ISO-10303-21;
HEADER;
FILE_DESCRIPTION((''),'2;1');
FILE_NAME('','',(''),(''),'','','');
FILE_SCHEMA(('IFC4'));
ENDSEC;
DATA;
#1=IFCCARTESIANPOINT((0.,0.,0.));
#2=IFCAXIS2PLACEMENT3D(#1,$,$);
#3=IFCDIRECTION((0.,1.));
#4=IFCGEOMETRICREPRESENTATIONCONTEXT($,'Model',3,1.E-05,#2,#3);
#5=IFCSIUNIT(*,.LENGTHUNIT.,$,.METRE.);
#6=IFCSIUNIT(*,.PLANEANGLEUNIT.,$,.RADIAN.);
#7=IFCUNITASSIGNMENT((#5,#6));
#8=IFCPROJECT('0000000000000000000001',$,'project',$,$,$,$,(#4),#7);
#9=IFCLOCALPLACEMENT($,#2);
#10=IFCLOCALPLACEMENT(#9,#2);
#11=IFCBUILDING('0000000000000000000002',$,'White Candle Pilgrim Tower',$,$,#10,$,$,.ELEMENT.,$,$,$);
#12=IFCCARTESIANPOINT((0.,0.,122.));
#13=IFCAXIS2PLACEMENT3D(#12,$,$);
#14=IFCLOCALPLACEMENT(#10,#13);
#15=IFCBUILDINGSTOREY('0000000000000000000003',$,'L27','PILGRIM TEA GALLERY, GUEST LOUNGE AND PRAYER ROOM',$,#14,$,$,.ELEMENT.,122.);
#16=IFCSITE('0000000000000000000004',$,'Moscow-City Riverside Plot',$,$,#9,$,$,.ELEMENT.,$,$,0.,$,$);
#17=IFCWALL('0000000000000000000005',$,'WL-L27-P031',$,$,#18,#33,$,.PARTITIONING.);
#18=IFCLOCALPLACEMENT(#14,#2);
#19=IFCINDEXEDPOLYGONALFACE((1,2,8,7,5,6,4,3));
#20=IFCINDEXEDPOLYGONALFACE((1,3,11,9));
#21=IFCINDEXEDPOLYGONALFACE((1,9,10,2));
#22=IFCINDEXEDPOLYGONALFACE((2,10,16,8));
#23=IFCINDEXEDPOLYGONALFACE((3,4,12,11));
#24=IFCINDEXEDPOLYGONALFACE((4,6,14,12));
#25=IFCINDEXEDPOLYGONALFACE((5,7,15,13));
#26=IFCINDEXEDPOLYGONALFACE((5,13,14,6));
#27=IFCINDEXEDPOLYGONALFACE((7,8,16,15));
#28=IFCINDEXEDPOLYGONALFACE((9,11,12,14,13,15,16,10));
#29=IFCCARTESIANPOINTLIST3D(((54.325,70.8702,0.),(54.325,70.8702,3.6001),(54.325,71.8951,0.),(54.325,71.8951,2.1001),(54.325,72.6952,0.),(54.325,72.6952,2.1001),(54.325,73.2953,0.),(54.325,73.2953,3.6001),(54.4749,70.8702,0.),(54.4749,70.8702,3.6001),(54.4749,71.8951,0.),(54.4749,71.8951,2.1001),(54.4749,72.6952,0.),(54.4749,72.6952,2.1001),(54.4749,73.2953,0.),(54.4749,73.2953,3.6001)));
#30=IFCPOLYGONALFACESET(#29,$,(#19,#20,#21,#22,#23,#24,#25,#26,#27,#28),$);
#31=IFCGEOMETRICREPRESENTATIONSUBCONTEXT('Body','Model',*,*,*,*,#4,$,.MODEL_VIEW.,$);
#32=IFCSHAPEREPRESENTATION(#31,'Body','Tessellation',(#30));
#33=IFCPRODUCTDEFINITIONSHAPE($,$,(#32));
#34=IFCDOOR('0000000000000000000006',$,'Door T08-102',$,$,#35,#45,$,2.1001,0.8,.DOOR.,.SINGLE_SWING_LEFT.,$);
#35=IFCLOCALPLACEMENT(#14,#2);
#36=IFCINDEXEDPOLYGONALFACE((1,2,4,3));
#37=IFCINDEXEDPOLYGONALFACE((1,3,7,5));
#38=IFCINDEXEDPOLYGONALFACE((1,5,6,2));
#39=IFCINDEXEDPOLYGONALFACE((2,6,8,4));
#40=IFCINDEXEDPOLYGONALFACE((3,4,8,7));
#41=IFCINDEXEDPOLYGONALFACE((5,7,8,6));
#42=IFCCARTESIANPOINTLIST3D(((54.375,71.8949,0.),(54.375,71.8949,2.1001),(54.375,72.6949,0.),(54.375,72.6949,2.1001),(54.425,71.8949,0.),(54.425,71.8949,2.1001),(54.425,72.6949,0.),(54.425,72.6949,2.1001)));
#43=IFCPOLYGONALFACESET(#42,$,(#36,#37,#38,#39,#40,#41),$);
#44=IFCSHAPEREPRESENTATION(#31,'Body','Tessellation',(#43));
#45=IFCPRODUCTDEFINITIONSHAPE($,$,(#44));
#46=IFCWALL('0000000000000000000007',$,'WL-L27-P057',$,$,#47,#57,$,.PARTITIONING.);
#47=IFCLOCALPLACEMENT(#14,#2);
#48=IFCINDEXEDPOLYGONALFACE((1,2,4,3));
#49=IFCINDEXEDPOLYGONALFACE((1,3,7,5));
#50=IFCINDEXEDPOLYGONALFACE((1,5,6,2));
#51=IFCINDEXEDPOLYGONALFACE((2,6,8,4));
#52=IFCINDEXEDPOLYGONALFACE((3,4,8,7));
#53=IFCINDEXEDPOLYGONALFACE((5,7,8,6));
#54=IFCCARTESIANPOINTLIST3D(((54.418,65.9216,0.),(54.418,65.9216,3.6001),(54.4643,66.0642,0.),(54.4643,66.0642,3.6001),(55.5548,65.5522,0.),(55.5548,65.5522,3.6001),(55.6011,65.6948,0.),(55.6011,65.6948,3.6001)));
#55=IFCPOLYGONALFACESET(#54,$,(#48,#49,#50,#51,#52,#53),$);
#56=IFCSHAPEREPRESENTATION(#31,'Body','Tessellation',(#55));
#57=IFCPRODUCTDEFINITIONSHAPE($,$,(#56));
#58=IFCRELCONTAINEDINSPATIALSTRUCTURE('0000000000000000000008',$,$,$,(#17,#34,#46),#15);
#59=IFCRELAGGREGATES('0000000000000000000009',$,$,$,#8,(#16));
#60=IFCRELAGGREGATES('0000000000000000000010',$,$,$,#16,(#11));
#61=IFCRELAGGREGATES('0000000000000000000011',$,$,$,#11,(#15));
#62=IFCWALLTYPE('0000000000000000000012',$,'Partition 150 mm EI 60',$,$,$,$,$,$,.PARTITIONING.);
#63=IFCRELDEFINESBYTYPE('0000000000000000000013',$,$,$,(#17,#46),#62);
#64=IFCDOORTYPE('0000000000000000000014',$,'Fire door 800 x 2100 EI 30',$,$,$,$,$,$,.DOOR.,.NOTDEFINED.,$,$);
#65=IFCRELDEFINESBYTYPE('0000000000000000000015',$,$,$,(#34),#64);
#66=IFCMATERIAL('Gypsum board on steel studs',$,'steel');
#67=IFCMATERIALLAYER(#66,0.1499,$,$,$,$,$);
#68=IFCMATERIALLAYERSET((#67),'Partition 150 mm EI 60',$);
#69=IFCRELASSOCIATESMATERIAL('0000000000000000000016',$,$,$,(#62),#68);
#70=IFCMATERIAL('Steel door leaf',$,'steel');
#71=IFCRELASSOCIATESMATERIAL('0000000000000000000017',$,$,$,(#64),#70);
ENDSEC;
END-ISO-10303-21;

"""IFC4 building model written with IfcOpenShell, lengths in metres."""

from ifc_helpers import new_model, si_unit, direction, frame, frame_2d, origin, place, context, subcontext, project, spatial, rectangle, extrude, material, layer, layer_set, type_object, element, fill, save


model = new_model("IFC4")

# Units and contexts
model_context = context("Model", 3, precision=1e-05, world=origin(), true_north=direction((0.0, 1.0)))
body_context = subcontext(model_context, "Body", "Model", "MODEL_VIEW")
ifc_project = project(units=[si_unit("LENGTHUNIT", "METRE"), si_unit("PLANEANGLEUNIT", "RADIAN")], contexts=[model_context])

# Site, building, storey
site_placement = place(None, origin())
site = spatial("IfcSite", under=ifc_project, at=site_placement, Name="Moscow-City Riverside Plot", CompositionType="ELEMENT", RefElevation=0.0)
building_placement = place(site_placement, origin())
building = spatial("IfcBuilding", under=site, at=building_placement, Name="White Candle Pilgrim Tower", CompositionType="ELEMENT")
storey_placement = place(building_placement, frame((0.0, 0.0, 122.0)))
storey = spatial("IfcBuildingStorey", under=building, at=storey_placement, Name="L27", Description="PILGRIM TEA GALLERY, GUEST LOUNGE AND PRAYER ROOM", CompositionType="ELEMENT", Elevation=122.0)

# Shared definitions
ifc_material_1 = material(Name="Gypsum board on steel studs", Category="steel")
ifc_material_2 = material(Name="Steel door leaf", Category="steel")

# Shared definitions
ifc_layer_1 = layer(ifc_material_1, 0.1499)
ifc_layer_set_1 = layer_set([ifc_layer_1], Name="Partition 150 mm EI 60")
wall_type_1 = type_object("IfcWallType", Name="Partition 150 mm EI 60", PredefinedType="PARTITIONING", material=ifc_layer_set_1)

# Wall, opening, door
wall_1_placement = place(storey_placement, frame((54.3999, 73.2952, 0.0), z_axis=(0.0, 0.0, 1.0), x_axis=(0.0, -1.0, 0.0)))
wall_1 = element("IfcWall", 1, at=wall_1_placement, inside=storey, type_object=wall_type_1, Name="WL-L27-P031", PredefinedType="PARTITIONING", context=body_context, shape_type="SweptSolid", body=[
    extrude(rectangle(XDim=2.425, YDim=0.1499, at=frame_2d((1.2124, 0.0))), origin(), (0.0, 0.0, 1.0), 3.6001),
])
opening_1_placement = place(wall_1_placement, frame((0.6001, 0.0, 0.0)))
opening_1 = element("IfcOpeningElement", 2, at=opening_1_placement, cuts=wall_1, PredefinedType="OPENING", context=body_context, shape_type="SweptSolid", body=[
    extrude(rectangle(XDim=0.8, YDim=2.1001, at=frame_2d((0.3999, 1.05))), frame((0.0, 0.085, 0.0), z_axis=(0.0, -1.0, 0.0), x_axis=(1.0, 0.0, 0.0)), (0.0, 0.0, 1.0), 0.1699),
])
door_type_1 = type_object("IfcDoorType", Name="Fire door 800 x 2100 EI 30", OperationType="NOTDEFINED", PredefinedType="DOOR", material=ifc_material_2)
door_1_placement = place(opening_1_placement, frame((0.8, 0.0, 0.0), z_axis=(0.0, 0.0, 1.0), x_axis=(-1.0, 0.0, 0.0)))
door_1 = element("IfcDoor", 3, at=door_1_placement, inside=storey, type_object=door_type_1, Name="Door T08-102", OperationType="SINGLE_SWING_LEFT", OverallHeight=2.1001, OverallWidth=0.8, PredefinedType="DOOR", context=body_context, shape_type="SweptSolid", body=[
    extrude(rectangle(XDim=0.8, YDim=2.1001, at=frame_2d((0.3999, 1.05))), frame((0.0, 0.0249, 0.0), z_axis=(0.0, -1.0, 0.0), x_axis=(1.0, 0.0, 0.0)), (0.0, 0.0, 1.0), 0.05),
])
fill(opening_1, door_1)

# Wall
wall_2_placement = place(storey_placement, frame((54.4412, 65.9929, 0.0), z_axis=(0.0, 0.0, 1.0), x_axis=(0.951046, -0.309049, 0.0)))
element("IfcWall", 4, at=wall_2_placement, inside=storey, type_object=wall_type_1, Name="WL-L27-P057", PredefinedType="PARTITIONING", context=body_context, shape_type="SweptSolid", body=[
    extrude(rectangle(XDim=1.1953, YDim=0.1499, at=frame_2d((0.5977, 0.0))), origin(), (0.0, 0.0, 1.0), 3.6001),
])

save(model, "model.ifc")
